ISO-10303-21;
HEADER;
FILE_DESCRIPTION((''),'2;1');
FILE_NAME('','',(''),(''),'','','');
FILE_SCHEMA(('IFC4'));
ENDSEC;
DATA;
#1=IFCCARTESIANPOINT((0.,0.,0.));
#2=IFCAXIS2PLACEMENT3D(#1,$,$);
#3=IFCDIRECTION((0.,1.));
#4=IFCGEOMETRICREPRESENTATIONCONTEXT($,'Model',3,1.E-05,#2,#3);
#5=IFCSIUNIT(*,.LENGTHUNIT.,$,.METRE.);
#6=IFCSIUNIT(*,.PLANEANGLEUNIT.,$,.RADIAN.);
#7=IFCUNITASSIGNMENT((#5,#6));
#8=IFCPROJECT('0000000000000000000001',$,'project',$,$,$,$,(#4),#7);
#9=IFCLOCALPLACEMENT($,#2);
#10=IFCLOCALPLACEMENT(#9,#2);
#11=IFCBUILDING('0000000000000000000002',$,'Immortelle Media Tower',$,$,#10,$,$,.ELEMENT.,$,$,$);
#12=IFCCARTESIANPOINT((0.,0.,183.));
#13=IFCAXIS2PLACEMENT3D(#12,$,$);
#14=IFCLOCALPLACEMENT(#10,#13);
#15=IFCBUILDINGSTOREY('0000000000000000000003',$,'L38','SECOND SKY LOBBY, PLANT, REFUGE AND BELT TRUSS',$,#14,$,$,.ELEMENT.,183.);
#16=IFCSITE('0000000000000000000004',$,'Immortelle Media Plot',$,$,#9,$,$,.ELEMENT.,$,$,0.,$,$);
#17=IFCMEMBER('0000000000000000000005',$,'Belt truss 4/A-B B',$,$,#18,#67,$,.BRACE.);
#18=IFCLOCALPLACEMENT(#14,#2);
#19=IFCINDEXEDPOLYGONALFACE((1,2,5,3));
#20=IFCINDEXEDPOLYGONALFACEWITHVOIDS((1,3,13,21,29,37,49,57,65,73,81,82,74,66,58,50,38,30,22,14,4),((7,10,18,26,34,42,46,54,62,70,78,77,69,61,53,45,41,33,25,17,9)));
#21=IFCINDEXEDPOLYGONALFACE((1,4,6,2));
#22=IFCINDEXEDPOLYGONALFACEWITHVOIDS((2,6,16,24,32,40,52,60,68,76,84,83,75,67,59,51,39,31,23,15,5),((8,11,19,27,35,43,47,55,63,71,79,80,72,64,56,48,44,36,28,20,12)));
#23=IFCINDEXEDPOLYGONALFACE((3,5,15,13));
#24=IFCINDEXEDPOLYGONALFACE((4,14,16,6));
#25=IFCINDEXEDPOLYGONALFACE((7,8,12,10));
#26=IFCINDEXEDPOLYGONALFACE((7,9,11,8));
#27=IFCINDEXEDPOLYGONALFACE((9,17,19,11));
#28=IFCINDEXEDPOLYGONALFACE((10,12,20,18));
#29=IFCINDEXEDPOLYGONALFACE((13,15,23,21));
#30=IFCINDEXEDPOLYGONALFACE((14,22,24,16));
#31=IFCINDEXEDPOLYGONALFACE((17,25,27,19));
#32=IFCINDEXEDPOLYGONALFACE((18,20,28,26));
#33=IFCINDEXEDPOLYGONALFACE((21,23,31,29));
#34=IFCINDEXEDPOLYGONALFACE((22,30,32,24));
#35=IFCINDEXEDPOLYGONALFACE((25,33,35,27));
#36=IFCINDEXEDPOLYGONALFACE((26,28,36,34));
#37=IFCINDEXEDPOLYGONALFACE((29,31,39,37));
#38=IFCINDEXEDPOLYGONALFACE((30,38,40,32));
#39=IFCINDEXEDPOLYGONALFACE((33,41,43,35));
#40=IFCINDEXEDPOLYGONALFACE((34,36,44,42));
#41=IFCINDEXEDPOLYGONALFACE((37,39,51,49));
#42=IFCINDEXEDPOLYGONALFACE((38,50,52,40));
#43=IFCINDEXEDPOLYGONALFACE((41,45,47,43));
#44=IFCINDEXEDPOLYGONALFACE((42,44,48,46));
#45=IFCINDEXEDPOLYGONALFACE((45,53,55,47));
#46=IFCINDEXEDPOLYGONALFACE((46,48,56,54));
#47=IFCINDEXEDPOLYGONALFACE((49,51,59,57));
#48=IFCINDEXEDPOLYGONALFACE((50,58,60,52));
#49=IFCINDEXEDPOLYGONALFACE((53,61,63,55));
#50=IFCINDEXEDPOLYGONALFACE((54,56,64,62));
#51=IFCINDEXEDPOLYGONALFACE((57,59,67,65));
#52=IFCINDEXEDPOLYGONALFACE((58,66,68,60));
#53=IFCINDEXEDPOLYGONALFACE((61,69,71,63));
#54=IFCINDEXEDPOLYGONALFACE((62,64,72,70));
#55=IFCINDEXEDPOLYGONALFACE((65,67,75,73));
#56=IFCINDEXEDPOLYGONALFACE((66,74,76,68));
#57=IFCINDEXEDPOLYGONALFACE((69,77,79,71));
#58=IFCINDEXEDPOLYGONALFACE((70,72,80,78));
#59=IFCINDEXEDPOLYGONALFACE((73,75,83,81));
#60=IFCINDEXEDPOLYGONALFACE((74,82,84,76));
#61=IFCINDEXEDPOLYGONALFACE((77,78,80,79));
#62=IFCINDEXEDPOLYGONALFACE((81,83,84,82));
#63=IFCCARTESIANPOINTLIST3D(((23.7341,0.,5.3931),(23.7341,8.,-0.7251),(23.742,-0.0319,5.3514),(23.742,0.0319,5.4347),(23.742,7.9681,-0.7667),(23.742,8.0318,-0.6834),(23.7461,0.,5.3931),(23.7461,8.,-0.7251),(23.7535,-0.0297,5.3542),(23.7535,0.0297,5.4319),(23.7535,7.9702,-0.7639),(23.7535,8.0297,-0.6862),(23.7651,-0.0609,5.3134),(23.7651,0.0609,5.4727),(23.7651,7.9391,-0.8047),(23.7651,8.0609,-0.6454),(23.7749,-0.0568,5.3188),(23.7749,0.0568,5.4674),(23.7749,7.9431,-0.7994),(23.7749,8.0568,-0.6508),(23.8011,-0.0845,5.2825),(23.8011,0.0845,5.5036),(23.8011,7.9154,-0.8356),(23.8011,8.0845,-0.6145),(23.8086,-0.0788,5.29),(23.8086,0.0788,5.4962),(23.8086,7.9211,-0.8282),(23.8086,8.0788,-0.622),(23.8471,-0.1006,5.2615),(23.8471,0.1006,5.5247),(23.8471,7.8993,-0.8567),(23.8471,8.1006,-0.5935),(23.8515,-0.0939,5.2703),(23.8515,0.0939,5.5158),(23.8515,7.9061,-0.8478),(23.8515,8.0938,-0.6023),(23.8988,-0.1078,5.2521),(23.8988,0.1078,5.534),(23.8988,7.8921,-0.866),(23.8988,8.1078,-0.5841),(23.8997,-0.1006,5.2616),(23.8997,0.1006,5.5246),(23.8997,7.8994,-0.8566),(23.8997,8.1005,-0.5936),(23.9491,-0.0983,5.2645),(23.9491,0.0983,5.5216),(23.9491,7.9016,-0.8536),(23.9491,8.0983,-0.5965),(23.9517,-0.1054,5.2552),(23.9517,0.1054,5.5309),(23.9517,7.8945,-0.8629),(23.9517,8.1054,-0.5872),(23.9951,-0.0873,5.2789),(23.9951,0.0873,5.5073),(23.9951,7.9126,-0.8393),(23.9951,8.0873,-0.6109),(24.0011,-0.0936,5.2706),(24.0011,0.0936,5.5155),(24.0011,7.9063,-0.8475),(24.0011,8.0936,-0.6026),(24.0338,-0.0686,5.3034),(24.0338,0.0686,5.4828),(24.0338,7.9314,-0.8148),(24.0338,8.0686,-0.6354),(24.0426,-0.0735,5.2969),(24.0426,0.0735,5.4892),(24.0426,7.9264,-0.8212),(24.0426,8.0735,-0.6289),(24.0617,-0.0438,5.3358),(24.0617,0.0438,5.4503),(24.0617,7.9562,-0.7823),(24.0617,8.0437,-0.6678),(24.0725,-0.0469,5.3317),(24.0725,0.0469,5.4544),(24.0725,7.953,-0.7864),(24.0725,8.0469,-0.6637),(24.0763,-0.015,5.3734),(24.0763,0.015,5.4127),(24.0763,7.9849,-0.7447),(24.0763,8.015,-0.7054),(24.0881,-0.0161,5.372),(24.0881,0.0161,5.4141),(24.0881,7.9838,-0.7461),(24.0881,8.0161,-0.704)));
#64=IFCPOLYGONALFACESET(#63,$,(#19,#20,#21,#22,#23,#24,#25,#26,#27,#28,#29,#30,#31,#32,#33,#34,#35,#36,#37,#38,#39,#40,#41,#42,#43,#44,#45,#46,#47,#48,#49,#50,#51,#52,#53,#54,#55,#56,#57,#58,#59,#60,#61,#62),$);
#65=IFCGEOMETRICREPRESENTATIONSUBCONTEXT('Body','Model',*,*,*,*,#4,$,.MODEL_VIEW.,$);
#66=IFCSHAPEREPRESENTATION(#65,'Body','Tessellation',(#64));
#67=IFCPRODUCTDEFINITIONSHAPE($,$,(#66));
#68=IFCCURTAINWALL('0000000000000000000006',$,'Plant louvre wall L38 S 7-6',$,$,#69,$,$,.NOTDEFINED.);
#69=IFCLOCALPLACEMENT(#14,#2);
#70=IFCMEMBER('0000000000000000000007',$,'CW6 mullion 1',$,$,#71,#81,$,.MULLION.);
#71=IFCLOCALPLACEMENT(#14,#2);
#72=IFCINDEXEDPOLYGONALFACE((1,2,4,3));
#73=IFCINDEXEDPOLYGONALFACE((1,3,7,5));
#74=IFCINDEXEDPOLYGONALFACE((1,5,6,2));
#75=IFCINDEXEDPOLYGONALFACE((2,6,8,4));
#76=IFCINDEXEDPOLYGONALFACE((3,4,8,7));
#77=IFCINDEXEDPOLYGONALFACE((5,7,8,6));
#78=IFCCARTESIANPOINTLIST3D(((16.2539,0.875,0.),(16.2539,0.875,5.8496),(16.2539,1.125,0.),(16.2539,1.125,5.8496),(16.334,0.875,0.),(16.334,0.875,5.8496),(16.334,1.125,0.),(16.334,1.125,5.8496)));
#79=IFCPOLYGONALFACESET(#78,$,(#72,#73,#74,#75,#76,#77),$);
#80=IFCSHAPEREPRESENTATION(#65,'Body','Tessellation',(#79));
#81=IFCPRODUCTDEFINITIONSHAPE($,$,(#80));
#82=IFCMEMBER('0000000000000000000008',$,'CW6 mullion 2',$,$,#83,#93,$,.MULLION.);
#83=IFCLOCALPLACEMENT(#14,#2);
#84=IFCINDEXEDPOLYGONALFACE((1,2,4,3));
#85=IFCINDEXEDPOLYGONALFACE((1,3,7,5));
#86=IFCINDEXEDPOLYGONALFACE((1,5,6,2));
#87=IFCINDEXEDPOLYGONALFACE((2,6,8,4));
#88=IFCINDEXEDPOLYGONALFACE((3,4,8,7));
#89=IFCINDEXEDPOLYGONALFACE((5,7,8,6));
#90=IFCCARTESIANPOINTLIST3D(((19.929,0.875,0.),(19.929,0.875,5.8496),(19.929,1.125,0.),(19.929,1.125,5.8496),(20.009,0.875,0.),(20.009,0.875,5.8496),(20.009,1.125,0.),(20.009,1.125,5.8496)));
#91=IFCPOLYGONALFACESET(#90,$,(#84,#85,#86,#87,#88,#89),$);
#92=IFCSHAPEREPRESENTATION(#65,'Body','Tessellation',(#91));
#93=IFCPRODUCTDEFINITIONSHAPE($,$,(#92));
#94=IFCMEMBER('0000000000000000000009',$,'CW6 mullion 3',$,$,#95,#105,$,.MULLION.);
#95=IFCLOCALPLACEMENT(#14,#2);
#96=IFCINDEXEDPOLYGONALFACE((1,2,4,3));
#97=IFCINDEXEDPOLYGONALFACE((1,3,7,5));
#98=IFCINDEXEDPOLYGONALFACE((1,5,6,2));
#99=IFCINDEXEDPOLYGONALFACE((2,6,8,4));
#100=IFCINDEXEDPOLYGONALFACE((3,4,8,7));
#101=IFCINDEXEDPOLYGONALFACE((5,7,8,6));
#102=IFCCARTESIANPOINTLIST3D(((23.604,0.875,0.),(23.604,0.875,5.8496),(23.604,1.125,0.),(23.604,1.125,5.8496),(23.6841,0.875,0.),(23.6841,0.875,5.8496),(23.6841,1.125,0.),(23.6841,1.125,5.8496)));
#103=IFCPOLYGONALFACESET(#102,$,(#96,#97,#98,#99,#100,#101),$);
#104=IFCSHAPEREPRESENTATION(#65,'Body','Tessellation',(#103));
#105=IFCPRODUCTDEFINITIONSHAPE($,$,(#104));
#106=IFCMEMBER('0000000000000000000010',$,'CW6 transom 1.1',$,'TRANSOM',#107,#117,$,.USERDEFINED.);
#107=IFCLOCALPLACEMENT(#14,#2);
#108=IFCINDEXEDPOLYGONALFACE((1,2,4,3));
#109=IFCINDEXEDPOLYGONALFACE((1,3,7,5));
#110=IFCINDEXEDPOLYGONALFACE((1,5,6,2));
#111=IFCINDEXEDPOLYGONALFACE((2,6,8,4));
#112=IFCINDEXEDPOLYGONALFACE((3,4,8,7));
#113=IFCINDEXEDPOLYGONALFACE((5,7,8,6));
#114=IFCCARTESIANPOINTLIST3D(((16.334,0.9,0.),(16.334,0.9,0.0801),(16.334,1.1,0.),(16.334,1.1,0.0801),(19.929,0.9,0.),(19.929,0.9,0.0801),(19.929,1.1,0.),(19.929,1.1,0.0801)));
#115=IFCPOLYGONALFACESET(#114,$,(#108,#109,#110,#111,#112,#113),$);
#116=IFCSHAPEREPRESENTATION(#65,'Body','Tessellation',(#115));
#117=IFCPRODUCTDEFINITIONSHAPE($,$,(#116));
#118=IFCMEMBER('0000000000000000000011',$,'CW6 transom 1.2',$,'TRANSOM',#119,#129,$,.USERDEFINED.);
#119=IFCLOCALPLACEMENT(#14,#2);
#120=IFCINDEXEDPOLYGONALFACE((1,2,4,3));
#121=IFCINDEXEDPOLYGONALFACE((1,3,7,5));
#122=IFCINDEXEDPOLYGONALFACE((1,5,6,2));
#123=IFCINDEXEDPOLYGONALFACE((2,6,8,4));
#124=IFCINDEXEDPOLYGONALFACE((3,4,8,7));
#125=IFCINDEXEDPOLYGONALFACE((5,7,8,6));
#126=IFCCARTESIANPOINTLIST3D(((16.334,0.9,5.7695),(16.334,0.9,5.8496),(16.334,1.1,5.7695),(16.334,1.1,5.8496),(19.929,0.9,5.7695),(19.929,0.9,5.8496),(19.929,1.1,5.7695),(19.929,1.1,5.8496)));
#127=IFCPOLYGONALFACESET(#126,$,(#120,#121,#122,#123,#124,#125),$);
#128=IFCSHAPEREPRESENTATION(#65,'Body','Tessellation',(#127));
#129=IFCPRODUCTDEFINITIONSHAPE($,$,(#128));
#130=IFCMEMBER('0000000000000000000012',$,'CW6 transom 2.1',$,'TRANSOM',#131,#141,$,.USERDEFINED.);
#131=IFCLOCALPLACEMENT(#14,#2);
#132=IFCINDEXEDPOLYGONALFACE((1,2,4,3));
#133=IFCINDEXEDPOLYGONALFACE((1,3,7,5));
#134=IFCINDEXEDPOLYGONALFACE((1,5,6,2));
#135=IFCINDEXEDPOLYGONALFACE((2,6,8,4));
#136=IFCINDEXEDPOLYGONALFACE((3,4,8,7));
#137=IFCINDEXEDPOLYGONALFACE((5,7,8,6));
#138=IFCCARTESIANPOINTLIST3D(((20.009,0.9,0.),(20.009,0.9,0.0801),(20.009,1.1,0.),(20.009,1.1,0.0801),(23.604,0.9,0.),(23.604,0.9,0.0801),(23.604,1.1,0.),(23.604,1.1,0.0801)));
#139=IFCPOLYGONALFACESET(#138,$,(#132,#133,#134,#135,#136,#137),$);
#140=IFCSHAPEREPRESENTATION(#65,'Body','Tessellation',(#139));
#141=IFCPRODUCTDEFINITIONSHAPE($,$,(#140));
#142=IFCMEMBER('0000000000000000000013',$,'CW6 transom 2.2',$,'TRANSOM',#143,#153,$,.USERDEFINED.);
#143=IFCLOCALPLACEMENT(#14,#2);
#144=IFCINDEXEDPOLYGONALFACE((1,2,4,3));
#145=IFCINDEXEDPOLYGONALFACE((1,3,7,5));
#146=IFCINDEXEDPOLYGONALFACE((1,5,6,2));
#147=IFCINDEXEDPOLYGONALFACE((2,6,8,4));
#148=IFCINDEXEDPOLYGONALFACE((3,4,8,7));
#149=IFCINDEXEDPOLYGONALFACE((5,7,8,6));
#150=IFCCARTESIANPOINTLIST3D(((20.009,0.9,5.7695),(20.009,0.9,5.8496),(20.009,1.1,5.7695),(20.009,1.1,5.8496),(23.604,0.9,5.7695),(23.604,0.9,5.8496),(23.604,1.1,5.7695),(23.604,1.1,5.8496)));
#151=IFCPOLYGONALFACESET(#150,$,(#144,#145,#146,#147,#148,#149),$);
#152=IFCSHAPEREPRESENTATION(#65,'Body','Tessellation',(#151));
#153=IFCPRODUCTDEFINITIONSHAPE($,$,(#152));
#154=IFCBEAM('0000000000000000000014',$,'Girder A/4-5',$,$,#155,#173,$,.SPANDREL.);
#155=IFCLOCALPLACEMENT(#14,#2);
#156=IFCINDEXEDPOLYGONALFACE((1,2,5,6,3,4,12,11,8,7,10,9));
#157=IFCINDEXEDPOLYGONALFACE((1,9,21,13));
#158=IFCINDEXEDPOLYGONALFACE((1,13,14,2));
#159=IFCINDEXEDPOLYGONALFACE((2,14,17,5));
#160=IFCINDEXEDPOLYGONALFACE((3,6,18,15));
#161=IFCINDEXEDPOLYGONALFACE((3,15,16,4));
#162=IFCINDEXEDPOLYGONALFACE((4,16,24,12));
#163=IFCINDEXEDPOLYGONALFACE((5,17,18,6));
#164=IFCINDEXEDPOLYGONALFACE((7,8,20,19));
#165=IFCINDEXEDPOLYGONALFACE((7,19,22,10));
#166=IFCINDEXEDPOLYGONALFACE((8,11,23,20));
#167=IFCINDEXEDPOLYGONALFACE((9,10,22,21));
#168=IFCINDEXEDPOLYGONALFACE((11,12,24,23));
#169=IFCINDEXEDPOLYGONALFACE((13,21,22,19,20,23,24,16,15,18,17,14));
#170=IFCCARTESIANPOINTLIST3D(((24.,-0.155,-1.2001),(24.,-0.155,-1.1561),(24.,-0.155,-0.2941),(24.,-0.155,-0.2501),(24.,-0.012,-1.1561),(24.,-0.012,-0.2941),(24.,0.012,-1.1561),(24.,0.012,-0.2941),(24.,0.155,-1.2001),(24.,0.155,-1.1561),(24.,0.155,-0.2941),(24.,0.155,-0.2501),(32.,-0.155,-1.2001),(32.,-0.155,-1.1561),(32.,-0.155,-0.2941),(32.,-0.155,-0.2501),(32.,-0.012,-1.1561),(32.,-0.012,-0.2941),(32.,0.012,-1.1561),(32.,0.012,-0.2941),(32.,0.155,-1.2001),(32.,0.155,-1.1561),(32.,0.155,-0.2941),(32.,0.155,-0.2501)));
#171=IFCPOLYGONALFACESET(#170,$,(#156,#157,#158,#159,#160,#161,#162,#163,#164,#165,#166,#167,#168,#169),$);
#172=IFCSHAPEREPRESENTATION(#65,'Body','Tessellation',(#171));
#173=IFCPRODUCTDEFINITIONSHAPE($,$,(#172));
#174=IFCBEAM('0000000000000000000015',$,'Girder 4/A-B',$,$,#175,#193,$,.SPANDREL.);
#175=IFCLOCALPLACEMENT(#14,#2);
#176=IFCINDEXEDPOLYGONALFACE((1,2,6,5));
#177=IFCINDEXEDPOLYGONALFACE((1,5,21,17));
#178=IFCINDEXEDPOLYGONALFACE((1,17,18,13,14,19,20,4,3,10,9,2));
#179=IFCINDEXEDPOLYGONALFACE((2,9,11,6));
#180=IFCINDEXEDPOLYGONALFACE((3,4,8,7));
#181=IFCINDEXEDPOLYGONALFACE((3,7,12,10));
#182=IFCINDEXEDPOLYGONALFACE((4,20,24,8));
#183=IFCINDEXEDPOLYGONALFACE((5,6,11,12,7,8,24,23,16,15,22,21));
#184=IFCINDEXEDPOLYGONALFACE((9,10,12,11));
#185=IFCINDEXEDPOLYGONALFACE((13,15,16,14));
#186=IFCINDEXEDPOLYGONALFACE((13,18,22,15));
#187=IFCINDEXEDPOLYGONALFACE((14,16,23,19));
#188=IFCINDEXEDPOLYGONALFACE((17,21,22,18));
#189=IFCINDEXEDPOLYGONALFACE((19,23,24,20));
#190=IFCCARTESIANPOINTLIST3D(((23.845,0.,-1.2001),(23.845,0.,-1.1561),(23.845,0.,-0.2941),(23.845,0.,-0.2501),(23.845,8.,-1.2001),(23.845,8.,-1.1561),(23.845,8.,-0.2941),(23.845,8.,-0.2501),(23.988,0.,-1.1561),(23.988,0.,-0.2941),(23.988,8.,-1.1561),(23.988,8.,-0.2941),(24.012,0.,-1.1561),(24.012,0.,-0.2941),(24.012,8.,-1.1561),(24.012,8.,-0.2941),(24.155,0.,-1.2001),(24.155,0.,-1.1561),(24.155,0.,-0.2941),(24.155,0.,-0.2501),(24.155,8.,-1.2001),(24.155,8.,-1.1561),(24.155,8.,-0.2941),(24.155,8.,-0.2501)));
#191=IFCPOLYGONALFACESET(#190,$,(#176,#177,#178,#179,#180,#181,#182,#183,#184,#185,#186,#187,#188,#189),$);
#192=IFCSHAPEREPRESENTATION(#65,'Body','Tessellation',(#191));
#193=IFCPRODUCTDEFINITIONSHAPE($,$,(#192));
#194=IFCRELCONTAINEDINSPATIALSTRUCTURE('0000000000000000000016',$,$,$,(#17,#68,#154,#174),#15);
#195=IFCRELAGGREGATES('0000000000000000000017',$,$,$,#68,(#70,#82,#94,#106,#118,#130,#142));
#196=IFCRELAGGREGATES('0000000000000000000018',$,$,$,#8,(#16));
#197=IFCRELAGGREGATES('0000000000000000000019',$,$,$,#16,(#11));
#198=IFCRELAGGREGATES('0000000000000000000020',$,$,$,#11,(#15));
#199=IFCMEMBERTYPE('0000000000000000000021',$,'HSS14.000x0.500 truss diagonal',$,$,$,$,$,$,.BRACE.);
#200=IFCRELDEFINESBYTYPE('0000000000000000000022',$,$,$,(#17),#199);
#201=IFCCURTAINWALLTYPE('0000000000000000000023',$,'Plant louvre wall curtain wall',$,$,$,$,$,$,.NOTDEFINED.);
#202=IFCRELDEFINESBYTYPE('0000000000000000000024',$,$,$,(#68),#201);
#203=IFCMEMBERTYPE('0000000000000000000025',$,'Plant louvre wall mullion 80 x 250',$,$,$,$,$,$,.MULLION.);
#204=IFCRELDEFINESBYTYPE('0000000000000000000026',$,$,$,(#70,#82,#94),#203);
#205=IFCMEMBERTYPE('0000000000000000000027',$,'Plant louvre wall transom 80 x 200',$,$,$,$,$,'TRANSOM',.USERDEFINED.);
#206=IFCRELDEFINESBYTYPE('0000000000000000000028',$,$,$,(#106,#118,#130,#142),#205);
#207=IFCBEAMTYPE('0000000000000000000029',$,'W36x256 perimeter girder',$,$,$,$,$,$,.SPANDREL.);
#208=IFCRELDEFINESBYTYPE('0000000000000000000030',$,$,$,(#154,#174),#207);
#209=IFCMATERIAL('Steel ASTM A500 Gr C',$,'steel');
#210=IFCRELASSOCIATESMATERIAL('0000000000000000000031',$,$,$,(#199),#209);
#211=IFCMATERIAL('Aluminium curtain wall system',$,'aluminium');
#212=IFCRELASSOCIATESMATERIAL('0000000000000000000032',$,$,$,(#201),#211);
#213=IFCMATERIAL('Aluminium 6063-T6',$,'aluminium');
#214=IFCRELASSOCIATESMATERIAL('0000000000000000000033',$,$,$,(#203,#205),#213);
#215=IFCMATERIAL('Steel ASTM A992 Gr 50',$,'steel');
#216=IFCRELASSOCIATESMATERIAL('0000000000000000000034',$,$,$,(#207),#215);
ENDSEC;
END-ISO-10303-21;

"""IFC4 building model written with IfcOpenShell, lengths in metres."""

from ifc_helpers import new_model, si_unit, direction, frame, origin, origin_2d, place, context, subcontext, project, spatial, rectangle, hollow_circle, i_section, extrude, material, material_profile, profile_set, type_object, element, aggregate, save


model = new_model("IFC4")

# Units and contexts
model_context = context("Model", 3, precision=1e-05, world=origin(), true_north=direction((0.0, 1.0)))
body_context = subcontext(model_context, "Body", "Model", "MODEL_VIEW")
ifc_project = project(units=[si_unit("LENGTHUNIT", "METRE"), si_unit("PLANEANGLEUNIT", "RADIAN")], contexts=[model_context])

# Site, building, storey
site_placement = place(None, origin())
site = spatial("IfcSite", under=ifc_project, at=site_placement, Name="Immortelle Media Plot", CompositionType="ELEMENT", RefElevation=0.0)
building_placement = place(site_placement, origin())
building = spatial("IfcBuilding", under=site, at=building_placement, Name="Immortelle Media Tower", CompositionType="ELEMENT")
storey_placement = place(building_placement, frame((0.0, 0.0, 183.0)))
storey = spatial("IfcBuildingStorey", under=building, at=storey_placement, Name="L38", Description="SECOND SKY LOBBY, PLANT, REFUGE AND BELT TRUSS", CompositionType="ELEMENT", Elevation=183.0)

# Shared definitions
ifc_material_1 = material(Name="Steel ASTM A992 Gr 50", Category="steel")

# Member
ifc_material_2 = material(Name="Steel ASTM A500 Gr C", Category="steel")
ifc_material_profile_1 = material_profile(ifc_material_2, hollow_circle(Radius=0.178, WallThickness=0.012, at=origin_2d()), Name="HSS14.000x0.500 truss diagonal")
ifc_profile_set_1 = profile_set([ifc_material_profile_1], Name="Steel ASTM A500 Gr C")
member_type_1 = type_object("IfcMemberType", Name="HSS14.000x0.500 truss diagonal", PredefinedType="BRACE", material=ifc_profile_set_1)
for number, where, z_axis, x_axis, name in (
    (1, (23.9121, 0.0, 5.3931), (0.0, 0.794333, -0.607482), (-1.0, 0.0, 0.0), "Belt truss 4/A-B B"),
):
    element("IfcMember", number, at=place(storey_placement, frame(where, z_axis=z_axis, x_axis=x_axis)), inside=storey, type_object=member_type_1, Name=name, PredefinedType="BRACE", context=body_context, shape_type="SweptSolid", body=[
        extrude(hollow_circle(Radius=0.178, WallThickness=0.012, at=origin_2d()), origin(), (0.0, 0.0, 1.0), 10.0713),
    ])

# Curtain wall, members
ifc_material_3 = material(Name="Aluminium curtain wall system", Category="aluminium")
curtain_wall_type = type_object("IfcCurtainWallType", Name="Plant louvre wall curtain wall", PredefinedType="NOTDEFINED", material=ifc_material_3)
curtain_wall_placement = place(storey_placement, origin())
curtain_wall = element("IfcCurtainWall", 2, at=curtain_wall_placement, inside=storey, type_object=curtain_wall_type, Name="Plant louvre wall L38 S 7-6", PredefinedType="NOTDEFINED")
ifc_material_4 = material(Name="Aluminium 6063-T6", Category="aluminium")
ifc_material_profile_2 = material_profile(ifc_material_4, rectangle(XDim=0.25, YDim=0.0801, at=origin_2d()), Name="AL 80x250")
ifc_profile_set_2 = profile_set([ifc_material_profile_2], Name="Aluminium 6063-T6")
member_type_2 = type_object("IfcMemberType", Name="Plant louvre wall mullion 80 x 250", PredefinedType="MULLION", material=ifc_profile_set_2)
member_1_placement = place(storey_placement, frame((16.2939, 1.0, 0.0), z_axis=(0.0, 0.0, 1.0), x_axis=(0.0, 1.0, 0.0)))
member_1 = element("IfcMember", 3, at=member_1_placement, type_object=member_type_2, Name="CW6 mullion 1", PredefinedType="MULLION", context=body_context, shape_type="SweptSolid", body=[
    extrude(rectangle(XDim=0.25, YDim=0.0801, at=origin_2d()), origin(), (0.0, 0.0, 1.0), 5.8496),
])
member_2_placement = place(storey_placement, frame((19.969, 1.0, 0.0), z_axis=(0.0, 0.0, 1.0), x_axis=(0.0, 1.0, 0.0)))
member_2 = element("IfcMember", 4, at=member_2_placement, type_object=member_type_2, Name="CW6 mullion 2", PredefinedType="MULLION", context=body_context, shape_type="SweptSolid", body=[
    extrude(rectangle(XDim=0.25, YDim=0.0801, at=origin_2d()), origin(), (0.0, 0.0, 1.0), 5.8496),
])
member_3_placement = place(storey_placement, frame((23.644, 1.0, 0.0), z_axis=(0.0, 0.0, 1.0), x_axis=(0.0, 1.0, 0.0)))
member_3 = element("IfcMember", 5, at=member_3_placement, type_object=member_type_2, Name="CW6 mullion 3", PredefinedType="MULLION", context=body_context, shape_type="SweptSolid", body=[
    extrude(rectangle(XDim=0.25, YDim=0.0801, at=origin_2d()), origin(), (0.0, 0.0, 1.0), 5.8496),
])
ifc_material_profile_3 = material_profile(ifc_material_4, rectangle(XDim=0.2, YDim=0.0801, at=origin_2d()), Name="AL 80x200")
ifc_profile_set_3 = profile_set([ifc_material_profile_3], Name="Aluminium 6063-T6")
member_type_3 = type_object("IfcMemberType", Name="Plant louvre wall transom 80 x 200", ElementType="TRANSOM", PredefinedType="USERDEFINED", material=ifc_profile_set_3)
member_4_placement = place(storey_placement, frame((16.334, 1.0, 0.04), z_axis=(1.0, 0.0, 0.0), x_axis=(0.0, 1.0, 0.0)))
member_4 = element("IfcMember", 6, at=member_4_placement, type_object=member_type_3, Name="CW6 transom 1.1", ObjectType="TRANSOM", PredefinedType="USERDEFINED", context=body_context, shape_type="SweptSolid", body=[
    extrude(rectangle(XDim=0.2, YDim=0.0801, at=origin_2d()), origin(), (0.0, 0.0, 1.0), 3.595),
])
member_5_placement = place(storey_placement, frame((16.334, 1.0, 5.8096), z_axis=(1.0, 0.0, 0.0), x_axis=(0.0, 1.0, 0.0)))
member_5 = element("IfcMember", 7, at=member_5_placement, type_object=member_type_3, Name="CW6 transom 1.2", ObjectType="TRANSOM", PredefinedType="USERDEFINED", context=body_context, shape_type="SweptSolid", body=[
    extrude(rectangle(XDim=0.2, YDim=0.0801, at=origin_2d()), origin(), (0.0, 0.0, 1.0), 3.595),
])
member_6_placement = place(storey_placement, frame((20.009, 1.0, 0.04), z_axis=(1.0, 0.0, 0.0), x_axis=(0.0, 1.0, 0.0)))
member_6 = element("IfcMember", 8, at=member_6_placement, type_object=member_type_3, Name="CW6 transom 2.1", ObjectType="TRANSOM", PredefinedType="USERDEFINED", context=body_context, shape_type="SweptSolid", body=[
    extrude(rectangle(XDim=0.2, YDim=0.0801, at=origin_2d()), origin(), (0.0, 0.0, 1.0), 3.595),
])
member_7_placement = place(storey_placement, frame((20.009, 1.0, 5.8096), z_axis=(1.0, 0.0, 0.0), x_axis=(0.0, 1.0, 0.0)))
member_7 = element("IfcMember", 9, at=member_7_placement, type_object=member_type_3, Name="CW6 transom 2.2", ObjectType="TRANSOM", PredefinedType="USERDEFINED", context=body_context, shape_type="SweptSolid", body=[
    extrude(rectangle(XDim=0.2, YDim=0.0801, at=origin_2d()), origin(), (0.0, 0.0, 1.0), 3.595),
])

# Beams
ifc_material_profile_4 = material_profile(ifc_material_1, i_section(OverallWidth=0.3101, OverallDepth=0.95, WebThickness=0.0239, FlangeThickness=0.0439, at=origin_2d()), Name="W36x256")
ifc_profile_set_4 = profile_set([ifc_material_profile_4], Name="Steel ASTM A992 Gr 50")
beam_type = type_object("IfcBeamType", Name="W36x256 perimeter girder", PredefinedType="SPANDREL", material=ifc_profile_set_4)
for number, where, z_axis, x_axis, name in (
    (10, (24.0, 0.0, -0.7251), (1.0, 0.0, 0.0), (0.0, 1.0, 0.0), "Girder A/4-5"),
    (11, (24.0, 0.0, -0.7251), (0.0, 1.0, 0.0), (-1.0, 0.0, 0.0), "Girder 4/A-B"),
):
    element("IfcBeam", number, at=place(storey_placement, frame(where, z_axis=z_axis, x_axis=x_axis)), inside=storey, type_object=beam_type, Name=name, PredefinedType="SPANDREL", context=body_context, shape_type="SweptSolid", body=[
        extrude(i_section(OverallWidth=0.3101, OverallDepth=0.95, WebThickness=0.0239, FlangeThickness=0.0439, at=origin_2d()), origin(), (0.0, 0.0, 1.0), 8.0),
    ])

aggregate(curtain_wall, [member_1, member_2, member_3, member_4, member_5, member_6, member_7])

save(model, "model.ifc")
